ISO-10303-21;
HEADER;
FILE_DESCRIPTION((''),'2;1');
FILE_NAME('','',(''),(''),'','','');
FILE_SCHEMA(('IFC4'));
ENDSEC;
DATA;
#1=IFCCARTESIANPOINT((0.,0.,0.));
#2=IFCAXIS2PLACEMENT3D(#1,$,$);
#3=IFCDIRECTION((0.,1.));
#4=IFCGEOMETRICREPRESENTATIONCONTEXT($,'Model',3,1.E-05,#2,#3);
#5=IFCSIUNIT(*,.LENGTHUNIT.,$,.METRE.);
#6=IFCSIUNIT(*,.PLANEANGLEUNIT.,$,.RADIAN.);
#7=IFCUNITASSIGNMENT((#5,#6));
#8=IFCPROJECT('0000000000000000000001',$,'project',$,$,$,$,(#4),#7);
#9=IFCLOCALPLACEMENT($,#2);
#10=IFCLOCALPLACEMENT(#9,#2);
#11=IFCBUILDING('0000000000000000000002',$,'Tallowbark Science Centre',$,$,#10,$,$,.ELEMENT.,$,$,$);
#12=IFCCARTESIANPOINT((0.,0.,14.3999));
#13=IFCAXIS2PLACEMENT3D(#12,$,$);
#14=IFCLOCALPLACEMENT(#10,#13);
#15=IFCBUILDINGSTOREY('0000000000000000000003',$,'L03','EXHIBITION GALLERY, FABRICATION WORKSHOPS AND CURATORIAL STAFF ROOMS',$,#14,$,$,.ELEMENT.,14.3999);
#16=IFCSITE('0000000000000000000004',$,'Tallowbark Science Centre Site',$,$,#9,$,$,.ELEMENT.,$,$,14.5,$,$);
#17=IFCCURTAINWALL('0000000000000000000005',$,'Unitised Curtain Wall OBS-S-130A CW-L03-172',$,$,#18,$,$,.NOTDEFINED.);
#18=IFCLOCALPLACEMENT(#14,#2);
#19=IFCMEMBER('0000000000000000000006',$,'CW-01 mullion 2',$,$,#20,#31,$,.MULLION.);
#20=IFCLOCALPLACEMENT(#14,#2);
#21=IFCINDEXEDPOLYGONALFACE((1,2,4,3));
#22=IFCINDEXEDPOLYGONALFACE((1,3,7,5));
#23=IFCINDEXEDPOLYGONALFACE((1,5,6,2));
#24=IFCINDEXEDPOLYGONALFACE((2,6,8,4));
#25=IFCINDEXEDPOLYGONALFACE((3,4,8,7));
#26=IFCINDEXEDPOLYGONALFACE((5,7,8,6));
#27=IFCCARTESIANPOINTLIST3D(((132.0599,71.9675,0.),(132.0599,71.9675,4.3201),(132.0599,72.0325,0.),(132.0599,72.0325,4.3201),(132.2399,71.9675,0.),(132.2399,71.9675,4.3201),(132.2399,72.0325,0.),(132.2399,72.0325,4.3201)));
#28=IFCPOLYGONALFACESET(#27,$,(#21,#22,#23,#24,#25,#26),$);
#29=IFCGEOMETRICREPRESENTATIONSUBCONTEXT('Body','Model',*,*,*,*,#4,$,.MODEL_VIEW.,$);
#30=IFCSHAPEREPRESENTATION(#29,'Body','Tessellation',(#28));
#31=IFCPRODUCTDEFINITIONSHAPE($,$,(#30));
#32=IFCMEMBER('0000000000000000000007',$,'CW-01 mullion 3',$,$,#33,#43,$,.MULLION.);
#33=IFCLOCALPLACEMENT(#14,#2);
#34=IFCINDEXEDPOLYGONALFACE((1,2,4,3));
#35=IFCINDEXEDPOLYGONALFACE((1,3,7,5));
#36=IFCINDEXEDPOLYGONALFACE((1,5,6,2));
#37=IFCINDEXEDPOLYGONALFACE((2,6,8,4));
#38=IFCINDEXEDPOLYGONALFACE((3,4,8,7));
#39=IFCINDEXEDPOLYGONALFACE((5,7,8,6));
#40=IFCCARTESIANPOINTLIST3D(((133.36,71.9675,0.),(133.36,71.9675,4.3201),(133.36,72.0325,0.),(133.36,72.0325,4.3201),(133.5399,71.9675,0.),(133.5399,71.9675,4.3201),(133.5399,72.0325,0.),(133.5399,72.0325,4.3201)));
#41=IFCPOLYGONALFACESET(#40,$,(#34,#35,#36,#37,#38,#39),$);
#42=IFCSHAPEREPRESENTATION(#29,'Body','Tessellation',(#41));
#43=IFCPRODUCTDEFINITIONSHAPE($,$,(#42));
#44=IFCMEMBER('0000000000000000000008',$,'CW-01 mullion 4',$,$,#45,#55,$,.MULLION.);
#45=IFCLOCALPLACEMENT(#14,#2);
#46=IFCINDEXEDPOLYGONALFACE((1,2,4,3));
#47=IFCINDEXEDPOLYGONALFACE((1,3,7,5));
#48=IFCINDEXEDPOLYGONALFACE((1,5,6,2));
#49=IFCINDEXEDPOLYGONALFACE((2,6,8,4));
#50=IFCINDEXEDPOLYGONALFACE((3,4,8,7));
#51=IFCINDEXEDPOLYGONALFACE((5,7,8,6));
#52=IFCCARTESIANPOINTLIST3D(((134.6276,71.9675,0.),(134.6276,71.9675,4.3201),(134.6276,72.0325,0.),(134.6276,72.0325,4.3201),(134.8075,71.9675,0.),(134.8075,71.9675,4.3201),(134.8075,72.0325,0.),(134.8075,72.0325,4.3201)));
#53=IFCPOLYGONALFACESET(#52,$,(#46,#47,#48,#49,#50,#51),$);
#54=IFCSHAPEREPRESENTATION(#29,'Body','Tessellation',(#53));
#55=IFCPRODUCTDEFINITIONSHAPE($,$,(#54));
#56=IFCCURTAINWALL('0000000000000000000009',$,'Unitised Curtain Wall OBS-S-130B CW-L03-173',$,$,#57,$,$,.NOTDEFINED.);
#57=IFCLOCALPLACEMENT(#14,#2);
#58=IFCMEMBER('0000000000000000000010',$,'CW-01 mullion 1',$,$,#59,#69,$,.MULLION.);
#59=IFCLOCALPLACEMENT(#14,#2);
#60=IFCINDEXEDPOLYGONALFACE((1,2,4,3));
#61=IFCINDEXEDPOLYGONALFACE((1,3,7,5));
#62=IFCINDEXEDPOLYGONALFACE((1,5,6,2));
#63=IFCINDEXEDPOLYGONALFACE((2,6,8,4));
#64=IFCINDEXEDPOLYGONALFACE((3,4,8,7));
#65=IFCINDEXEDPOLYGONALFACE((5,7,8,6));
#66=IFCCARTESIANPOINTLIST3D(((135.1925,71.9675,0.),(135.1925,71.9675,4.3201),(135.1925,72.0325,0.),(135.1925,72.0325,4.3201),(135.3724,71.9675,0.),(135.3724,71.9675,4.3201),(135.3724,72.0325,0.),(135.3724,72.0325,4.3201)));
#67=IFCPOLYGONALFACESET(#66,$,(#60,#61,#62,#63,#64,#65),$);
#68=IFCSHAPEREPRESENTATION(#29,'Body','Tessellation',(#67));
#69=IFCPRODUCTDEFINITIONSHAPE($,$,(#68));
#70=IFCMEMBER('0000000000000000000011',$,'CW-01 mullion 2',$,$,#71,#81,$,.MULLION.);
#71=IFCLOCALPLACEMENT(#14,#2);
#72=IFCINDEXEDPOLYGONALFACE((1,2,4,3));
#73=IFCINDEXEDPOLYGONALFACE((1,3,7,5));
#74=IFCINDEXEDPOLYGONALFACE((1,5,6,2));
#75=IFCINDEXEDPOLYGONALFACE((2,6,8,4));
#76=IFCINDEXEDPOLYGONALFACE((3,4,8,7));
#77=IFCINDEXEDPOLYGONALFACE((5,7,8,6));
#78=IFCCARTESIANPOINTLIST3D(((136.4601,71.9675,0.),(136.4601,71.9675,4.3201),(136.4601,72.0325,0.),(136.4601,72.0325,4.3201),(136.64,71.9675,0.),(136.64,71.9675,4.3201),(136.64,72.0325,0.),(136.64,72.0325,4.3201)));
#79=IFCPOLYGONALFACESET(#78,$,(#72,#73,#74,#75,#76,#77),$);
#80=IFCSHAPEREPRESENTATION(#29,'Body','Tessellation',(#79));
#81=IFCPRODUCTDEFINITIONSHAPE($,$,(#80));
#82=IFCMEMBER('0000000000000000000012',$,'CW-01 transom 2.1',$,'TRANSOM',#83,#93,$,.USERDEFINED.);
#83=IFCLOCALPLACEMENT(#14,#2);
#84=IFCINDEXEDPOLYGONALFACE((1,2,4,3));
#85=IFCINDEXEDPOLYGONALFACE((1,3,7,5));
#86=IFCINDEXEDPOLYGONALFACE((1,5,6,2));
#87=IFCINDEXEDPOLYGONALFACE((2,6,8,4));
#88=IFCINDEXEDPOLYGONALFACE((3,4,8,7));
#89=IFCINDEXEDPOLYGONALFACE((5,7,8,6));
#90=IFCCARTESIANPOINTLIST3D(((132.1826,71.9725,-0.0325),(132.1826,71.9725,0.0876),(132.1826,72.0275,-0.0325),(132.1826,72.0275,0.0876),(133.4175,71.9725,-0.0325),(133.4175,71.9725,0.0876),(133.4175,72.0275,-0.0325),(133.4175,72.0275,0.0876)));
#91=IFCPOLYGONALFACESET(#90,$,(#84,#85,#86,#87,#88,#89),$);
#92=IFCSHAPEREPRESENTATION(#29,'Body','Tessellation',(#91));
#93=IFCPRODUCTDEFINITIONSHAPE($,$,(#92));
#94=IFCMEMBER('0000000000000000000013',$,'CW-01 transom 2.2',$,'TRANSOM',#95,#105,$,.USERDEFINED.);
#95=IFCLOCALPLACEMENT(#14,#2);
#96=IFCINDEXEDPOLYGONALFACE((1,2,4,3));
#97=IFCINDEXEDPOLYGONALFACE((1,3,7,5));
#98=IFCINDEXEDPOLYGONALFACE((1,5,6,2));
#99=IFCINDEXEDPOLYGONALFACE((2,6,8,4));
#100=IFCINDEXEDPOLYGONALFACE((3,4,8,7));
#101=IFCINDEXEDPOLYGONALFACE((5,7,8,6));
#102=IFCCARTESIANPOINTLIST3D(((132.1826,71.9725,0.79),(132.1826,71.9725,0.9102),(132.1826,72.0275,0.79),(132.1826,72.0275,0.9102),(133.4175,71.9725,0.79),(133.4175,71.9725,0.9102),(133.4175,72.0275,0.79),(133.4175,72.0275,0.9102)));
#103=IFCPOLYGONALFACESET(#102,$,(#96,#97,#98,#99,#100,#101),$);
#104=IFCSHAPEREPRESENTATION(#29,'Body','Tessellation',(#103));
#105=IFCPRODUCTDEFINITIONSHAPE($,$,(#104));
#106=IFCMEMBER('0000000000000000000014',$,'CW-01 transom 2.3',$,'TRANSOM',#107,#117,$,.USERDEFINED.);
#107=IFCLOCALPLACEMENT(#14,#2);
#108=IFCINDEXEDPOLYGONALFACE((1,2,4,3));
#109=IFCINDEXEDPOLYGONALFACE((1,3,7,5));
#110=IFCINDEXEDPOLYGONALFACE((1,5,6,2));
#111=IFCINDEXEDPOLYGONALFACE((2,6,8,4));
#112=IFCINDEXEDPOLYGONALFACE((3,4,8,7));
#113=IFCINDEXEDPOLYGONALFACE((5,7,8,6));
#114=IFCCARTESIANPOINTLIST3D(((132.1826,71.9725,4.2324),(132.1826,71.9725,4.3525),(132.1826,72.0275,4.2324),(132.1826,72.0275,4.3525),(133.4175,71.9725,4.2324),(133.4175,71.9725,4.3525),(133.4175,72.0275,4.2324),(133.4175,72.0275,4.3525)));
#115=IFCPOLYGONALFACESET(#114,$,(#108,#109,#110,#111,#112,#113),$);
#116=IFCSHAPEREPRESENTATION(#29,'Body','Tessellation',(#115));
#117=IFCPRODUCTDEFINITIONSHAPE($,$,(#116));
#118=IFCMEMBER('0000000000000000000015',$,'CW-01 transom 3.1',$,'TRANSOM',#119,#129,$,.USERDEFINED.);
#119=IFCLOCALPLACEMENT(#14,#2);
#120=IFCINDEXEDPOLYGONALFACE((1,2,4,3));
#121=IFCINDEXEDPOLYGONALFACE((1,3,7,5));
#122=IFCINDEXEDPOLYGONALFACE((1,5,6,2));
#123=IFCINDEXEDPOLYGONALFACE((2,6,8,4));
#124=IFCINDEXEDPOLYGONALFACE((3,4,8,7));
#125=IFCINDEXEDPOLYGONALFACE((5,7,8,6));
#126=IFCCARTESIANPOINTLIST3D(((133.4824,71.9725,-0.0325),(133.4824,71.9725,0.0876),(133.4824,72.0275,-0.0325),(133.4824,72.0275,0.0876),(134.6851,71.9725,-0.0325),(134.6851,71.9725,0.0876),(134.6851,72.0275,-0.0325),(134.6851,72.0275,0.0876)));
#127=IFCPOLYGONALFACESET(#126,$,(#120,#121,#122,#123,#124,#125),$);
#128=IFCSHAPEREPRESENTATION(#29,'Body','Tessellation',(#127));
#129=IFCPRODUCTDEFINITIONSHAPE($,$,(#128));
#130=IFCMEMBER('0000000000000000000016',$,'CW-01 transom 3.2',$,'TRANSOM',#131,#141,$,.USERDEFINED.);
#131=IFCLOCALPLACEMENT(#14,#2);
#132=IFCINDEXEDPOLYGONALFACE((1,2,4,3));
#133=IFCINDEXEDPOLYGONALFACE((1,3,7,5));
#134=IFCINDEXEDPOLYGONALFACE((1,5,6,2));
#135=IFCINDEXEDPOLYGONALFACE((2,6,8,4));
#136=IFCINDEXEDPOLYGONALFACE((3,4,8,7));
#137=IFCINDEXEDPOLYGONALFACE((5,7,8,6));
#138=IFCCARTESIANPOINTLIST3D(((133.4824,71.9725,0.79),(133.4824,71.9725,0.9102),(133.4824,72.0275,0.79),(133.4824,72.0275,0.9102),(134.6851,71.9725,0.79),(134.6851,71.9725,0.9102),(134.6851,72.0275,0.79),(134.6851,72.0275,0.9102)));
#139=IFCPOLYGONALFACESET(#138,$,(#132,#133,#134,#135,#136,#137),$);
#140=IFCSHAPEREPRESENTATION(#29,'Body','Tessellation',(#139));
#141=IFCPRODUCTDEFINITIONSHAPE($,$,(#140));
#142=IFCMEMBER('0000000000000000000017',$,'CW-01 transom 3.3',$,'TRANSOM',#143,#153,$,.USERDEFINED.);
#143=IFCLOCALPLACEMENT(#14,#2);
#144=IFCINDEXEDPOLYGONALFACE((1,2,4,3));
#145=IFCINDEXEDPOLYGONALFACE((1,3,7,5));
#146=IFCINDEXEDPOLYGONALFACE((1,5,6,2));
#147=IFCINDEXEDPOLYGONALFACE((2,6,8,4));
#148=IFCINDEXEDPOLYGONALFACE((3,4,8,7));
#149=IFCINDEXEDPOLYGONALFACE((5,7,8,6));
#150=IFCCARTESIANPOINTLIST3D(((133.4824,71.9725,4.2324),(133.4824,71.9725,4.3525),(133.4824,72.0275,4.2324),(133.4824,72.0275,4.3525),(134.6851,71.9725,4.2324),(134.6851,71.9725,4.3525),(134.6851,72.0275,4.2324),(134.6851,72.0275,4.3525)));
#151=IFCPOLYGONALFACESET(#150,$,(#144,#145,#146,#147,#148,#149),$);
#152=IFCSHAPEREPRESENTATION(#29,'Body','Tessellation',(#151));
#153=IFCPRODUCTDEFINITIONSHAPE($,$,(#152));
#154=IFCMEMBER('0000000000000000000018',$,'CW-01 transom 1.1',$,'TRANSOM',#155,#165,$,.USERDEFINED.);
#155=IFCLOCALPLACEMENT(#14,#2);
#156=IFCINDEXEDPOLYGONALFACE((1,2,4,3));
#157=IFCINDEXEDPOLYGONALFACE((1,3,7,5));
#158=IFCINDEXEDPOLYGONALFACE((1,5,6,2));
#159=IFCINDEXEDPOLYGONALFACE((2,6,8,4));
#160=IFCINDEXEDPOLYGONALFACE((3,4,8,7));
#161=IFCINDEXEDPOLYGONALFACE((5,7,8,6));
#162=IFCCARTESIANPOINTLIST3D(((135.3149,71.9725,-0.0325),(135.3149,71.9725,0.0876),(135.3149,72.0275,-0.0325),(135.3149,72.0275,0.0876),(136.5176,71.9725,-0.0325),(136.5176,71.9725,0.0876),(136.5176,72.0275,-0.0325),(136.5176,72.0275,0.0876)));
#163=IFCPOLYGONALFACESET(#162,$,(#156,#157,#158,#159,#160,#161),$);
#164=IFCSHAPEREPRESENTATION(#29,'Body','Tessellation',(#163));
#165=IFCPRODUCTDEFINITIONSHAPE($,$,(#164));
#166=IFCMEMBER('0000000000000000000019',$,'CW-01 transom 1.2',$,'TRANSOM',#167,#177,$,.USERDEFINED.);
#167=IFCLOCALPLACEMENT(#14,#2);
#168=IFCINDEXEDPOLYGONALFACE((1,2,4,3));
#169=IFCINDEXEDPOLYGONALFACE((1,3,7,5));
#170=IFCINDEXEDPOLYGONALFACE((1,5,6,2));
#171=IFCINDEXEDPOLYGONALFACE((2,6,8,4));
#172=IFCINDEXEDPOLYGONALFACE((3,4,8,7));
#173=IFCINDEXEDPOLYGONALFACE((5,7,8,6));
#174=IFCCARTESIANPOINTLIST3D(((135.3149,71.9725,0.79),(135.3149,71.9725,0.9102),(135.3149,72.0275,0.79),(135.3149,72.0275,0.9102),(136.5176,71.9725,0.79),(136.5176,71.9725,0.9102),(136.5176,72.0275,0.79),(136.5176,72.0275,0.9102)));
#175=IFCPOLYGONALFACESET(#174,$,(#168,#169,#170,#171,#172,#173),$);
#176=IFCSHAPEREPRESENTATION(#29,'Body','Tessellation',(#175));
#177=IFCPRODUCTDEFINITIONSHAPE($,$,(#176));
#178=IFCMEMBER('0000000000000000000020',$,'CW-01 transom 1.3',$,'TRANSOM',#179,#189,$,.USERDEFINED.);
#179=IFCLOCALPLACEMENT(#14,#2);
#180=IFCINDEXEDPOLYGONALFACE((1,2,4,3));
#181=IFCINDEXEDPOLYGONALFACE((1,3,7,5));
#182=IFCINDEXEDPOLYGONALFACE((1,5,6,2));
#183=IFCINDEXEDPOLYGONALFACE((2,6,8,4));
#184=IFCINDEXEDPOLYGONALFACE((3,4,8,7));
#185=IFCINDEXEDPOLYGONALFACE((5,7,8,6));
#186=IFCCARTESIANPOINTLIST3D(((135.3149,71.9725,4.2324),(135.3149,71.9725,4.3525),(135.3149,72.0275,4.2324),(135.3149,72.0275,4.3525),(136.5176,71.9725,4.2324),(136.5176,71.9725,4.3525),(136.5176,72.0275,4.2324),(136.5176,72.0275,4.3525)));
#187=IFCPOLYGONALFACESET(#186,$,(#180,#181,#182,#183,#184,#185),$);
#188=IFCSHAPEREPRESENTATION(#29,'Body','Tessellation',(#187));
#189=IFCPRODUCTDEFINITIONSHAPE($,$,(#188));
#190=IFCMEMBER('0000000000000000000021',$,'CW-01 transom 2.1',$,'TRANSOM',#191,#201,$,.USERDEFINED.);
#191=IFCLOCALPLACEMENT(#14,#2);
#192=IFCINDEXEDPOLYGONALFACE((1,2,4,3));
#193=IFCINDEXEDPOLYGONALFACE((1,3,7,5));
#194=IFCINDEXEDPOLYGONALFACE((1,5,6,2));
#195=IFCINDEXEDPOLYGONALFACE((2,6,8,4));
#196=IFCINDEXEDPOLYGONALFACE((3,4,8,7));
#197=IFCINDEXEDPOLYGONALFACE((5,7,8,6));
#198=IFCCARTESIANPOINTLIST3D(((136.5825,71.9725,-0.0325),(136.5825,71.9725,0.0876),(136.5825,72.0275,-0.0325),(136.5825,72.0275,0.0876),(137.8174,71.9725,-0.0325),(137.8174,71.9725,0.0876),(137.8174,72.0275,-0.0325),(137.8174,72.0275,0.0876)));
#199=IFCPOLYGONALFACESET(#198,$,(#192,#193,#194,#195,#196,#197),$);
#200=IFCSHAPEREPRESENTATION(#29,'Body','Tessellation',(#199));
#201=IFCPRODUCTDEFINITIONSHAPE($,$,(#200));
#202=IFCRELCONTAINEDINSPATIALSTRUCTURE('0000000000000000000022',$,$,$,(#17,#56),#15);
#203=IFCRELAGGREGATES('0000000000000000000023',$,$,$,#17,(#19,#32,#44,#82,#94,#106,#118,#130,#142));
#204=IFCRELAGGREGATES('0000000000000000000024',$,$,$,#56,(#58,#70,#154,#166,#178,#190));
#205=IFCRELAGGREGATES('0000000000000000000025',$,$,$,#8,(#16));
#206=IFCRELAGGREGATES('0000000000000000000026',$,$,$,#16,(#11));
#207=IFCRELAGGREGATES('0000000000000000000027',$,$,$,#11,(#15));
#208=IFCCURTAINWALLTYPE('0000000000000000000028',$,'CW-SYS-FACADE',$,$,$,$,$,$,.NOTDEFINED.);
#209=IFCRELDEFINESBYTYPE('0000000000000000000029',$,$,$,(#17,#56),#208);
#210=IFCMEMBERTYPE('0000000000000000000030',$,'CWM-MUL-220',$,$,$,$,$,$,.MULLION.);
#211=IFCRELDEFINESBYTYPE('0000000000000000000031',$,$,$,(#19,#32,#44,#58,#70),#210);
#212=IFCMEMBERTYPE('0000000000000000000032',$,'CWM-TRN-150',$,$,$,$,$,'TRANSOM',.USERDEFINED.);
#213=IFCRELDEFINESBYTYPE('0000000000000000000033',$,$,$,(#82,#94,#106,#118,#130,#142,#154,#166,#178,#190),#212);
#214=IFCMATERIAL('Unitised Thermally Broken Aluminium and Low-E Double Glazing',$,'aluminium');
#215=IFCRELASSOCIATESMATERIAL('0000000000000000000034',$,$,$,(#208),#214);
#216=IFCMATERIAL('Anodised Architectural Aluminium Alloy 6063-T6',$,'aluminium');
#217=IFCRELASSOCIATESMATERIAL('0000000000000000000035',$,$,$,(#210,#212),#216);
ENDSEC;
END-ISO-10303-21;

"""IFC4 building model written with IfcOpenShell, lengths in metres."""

from ifc_helpers import new_model, si_unit, direction, frame, origin, origin_2d, place, context, subcontext, project, spatial, rectangle, extrude, material, material_profile, profile_set, type_object, element, aggregate, save


model = new_model("IFC4")

# Units and contexts
model_context = context("Model", 3, precision=1e-05, world=origin(), true_north=direction((0.0, 1.0)))
body_context = subcontext(model_context, "Body", "Model", "MODEL_VIEW")
ifc_project = project(units=[si_unit("LENGTHUNIT", "METRE"), si_unit("PLANEANGLEUNIT", "RADIAN")], contexts=[model_context])

# Site, building, storey
site_placement = place(None, origin())
site = spatial("IfcSite", under=ifc_project, at=site_placement, Name="Tallowbark Science Centre Site", CompositionType="ELEMENT", RefElevation=14.5)
building_placement = place(site_placement, origin())
building = spatial("IfcBuilding", under=site, at=building_placement, Name="Tallowbark Science Centre", CompositionType="ELEMENT")
storey_placement = place(building_placement, frame((0.0, 0.0, 14.3999)))
storey = spatial("IfcBuildingStorey", under=building, at=storey_placement, Name="L03", Description="EXHIBITION GALLERY, FABRICATION WORKSHOPS AND CURATORIAL STAFF ROOMS", CompositionType="ELEMENT", Elevation=14.3999)

# Curtain walls, members
ifc_material_1 = material(Name="Unitised Thermally Broken Aluminium and Low-E Double Glazing", Category="aluminium")
curtain_wall_type = type_object("IfcCurtainWallType", Name="CW-SYS-FACADE", PredefinedType="NOTDEFINED", material=ifc_material_1)
curtain_wall_1_placement = place(storey_placement, origin())
curtain_wall_1 = element("IfcCurtainWall", 1, at=curtain_wall_1_placement, inside=storey, type_object=curtain_wall_type, Name="Unitised Curtain Wall OBS-S-130A CW-L03-172", PredefinedType="NOTDEFINED")
ifc_material_2 = material(Name="Anodised Architectural Aluminium Alloy 6063-T6", Category="aluminium")
ifc_material_profile_1 = material_profile(ifc_material_2, rectangle(XDim=0.0649, YDim=0.1799, at=origin_2d()), Name="ALU65x180")
ifc_profile_set_1 = profile_set([ifc_material_profile_1], Name="Anodised Architectural Aluminium Alloy 6063-T6")
member_type_1 = type_object("IfcMemberType", Name="CWM-MUL-220", PredefinedType="MULLION", material=ifc_profile_set_1)
member_1_placement = place(storey_placement, frame((132.1499, 72.0, 0.0), z_axis=(0.0, 0.0, 1.0), x_axis=(0.0, 1.0, 0.0)))
member_1 = element("IfcMember", 2, at=member_1_placement, type_object=member_type_1, Name="CW-01 mullion 2", PredefinedType="MULLION", context=body_context, shape_type="SweptSolid", body=[
    extrude(rectangle(XDim=0.0649, YDim=0.1799, at=origin_2d()), origin(), (0.0, 0.0, 1.0), 4.3201),
])
member_2_placement = place(storey_placement, frame((133.45, 72.0, 0.0), z_axis=(0.0, 0.0, 1.0), x_axis=(0.0, 1.0, 0.0)))
member_2 = element("IfcMember", 3, at=member_2_placement, type_object=member_type_1, Name="CW-01 mullion 3", PredefinedType="MULLION", context=body_context, shape_type="SweptSolid", body=[
    extrude(rectangle(XDim=0.0649, YDim=0.1799, at=origin_2d()), origin(), (0.0, 0.0, 1.0), 4.3201),
])
member_3_placement = place(storey_placement, frame((134.7175, 72.0, 0.0), z_axis=(0.0, 0.0, 1.0), x_axis=(0.0, 1.0, 0.0)))
member_3 = element("IfcMember", 4, at=member_3_placement, type_object=member_type_1, Name="CW-01 mullion 4", PredefinedType="MULLION", context=body_context, shape_type="SweptSolid", body=[
    extrude(rectangle(XDim=0.0649, YDim=0.1799, at=origin_2d()), origin(), (0.0, 0.0, 1.0), 4.3201),
])
curtain_wall_2_placement = place(storey_placement, origin())
curtain_wall_2 = element("IfcCurtainWall", 5, at=curtain_wall_2_placement, inside=storey, type_object=curtain_wall_type, Name="Unitised Curtain Wall OBS-S-130B CW-L03-173", PredefinedType="NOTDEFINED")
member_4_placement = place(storey_placement, frame((135.2825, 72.0, 0.0), z_axis=(0.0, 0.0, 1.0), x_axis=(0.0, 1.0, 0.0)))
member_4 = element("IfcMember", 6, at=member_4_placement, type_object=member_type_1, Name="CW-01 mullion 1", PredefinedType="MULLION", context=body_context, shape_type="SweptSolid", body=[
    extrude(rectangle(XDim=0.0649, YDim=0.1799, at=origin_2d()), origin(), (0.0, 0.0, 1.0), 4.3201),
])
member_5_placement = place(storey_placement, frame((136.55, 72.0, 0.0), z_axis=(0.0, 0.0, 1.0), x_axis=(0.0, 1.0, 0.0)))
member_5 = element("IfcMember", 7, at=member_5_placement, type_object=member_type_1, Name="CW-01 mullion 2", PredefinedType="MULLION", context=body_context, shape_type="SweptSolid", body=[
    extrude(rectangle(XDim=0.0649, YDim=0.1799, at=origin_2d()), origin(), (0.0, 0.0, 1.0), 4.3201),
])

# Members
ifc_material_profile_2 = material_profile(ifc_material_2, rectangle(XDim=0.0549, YDim=0.1201, at=origin_2d()), Name="ALU55x120")
ifc_profile_set_2 = profile_set([ifc_material_profile_2], Name="Anodised Architectural Aluminium Alloy 6063-T6")
member_type_2 = type_object("IfcMemberType", Name="CWM-TRN-150", ElementType="TRANSOM", PredefinedType="USERDEFINED", material=ifc_profile_set_2)
member_6_placement = place(storey_placement, frame((132.1826, 72.0, 0.0276), z_axis=(1.0, 0.0, 0.0), x_axis=(0.0, 1.0, 0.0)))
member_6 = element("IfcMember", 8, at=member_6_placement, type_object=member_type_2, Name="CW-01 transom 2.1", ObjectType="TRANSOM", PredefinedType="USERDEFINED", context=body_context, shape_type="SweptSolid", body=[
    extrude(rectangle(XDim=0.0549, YDim=0.1201, at=origin_2d()), origin(), (0.0, 0.0, 1.0), 1.2349),
])
member_7_placement = place(storey_placement, frame((132.1826, 72.0, 0.8501), z_axis=(1.0, 0.0, 0.0), x_axis=(0.0, 1.0, 0.0)))
member_7 = element("IfcMember", 9, at=member_7_placement, type_object=member_type_2, Name="CW-01 transom 2.2", ObjectType="TRANSOM", PredefinedType="USERDEFINED", context=body_context, shape_type="SweptSolid", body=[
    extrude(rectangle(XDim=0.0549, YDim=0.1201, at=origin_2d()), origin(), (0.0, 0.0, 1.0), 1.2349),
])
member_8_placement = place(storey_placement, frame((132.1826, 72.0, 4.2925), z_axis=(1.0, 0.0, 0.0), x_axis=(0.0, 1.0, 0.0)))
member_8 = element("IfcMember", 10, at=member_8_placement, type_object=member_type_2, Name="CW-01 transom 2.3", ObjectType="TRANSOM", PredefinedType="USERDEFINED", context=body_context, shape_type="SweptSolid", body=[
    extrude(rectangle(XDim=0.0549, YDim=0.1201, at=origin_2d()), origin(), (0.0, 0.0, 1.0), 1.2349),
])
member_9_placement = place(storey_placement, frame((133.4824, 72.0, 0.0276), z_axis=(1.0, 0.0, 0.0), x_axis=(0.0, 1.0, 0.0)))
member_9 = element("IfcMember", 11, at=member_9_placement, type_object=member_type_2, Name="CW-01 transom 3.1", ObjectType="TRANSOM", PredefinedType="USERDEFINED", context=body_context, shape_type="SweptSolid", body=[
    extrude(rectangle(XDim=0.0549, YDim=0.1201, at=origin_2d()), origin(), (0.0, 0.0, 1.0), 1.2026),
])
member_10_placement = place(storey_placement, frame((133.4824, 72.0, 0.8501), z_axis=(1.0, 0.0, 0.0), x_axis=(0.0, 1.0, 0.0)))
member_10 = element("IfcMember", 12, at=member_10_placement, type_object=member_type_2, Name="CW-01 transom 3.2", ObjectType="TRANSOM", PredefinedType="USERDEFINED", context=body_context, shape_type="SweptSolid", body=[
    extrude(rectangle(XDim=0.0549, YDim=0.1201, at=origin_2d()), origin(), (0.0, 0.0, 1.0), 1.2026),
])
member_11_placement = place(storey_placement, frame((133.4824, 72.0, 4.2925), z_axis=(1.0, 0.0, 0.0), x_axis=(0.0, 1.0, 0.0)))
member_11 = element("IfcMember", 13, at=member_11_placement, type_object=member_type_2, Name="CW-01 transom 3.3", ObjectType="TRANSOM", PredefinedType="USERDEFINED", context=body_context, shape_type="SweptSolid", body=[
    extrude(rectangle(XDim=0.0549, YDim=0.1201, at=origin_2d()), origin(), (0.0, 0.0, 1.0), 1.2026),
])
member_12_placement = place(storey_placement, frame((135.3149, 72.0, 0.0276), z_axis=(1.0, 0.0, 0.0), x_axis=(0.0, 1.0, 0.0)))
member_12 = element("IfcMember", 14, at=member_12_placement, type_object=member_type_2, Name="CW-01 transom 1.1", ObjectType="TRANSOM", PredefinedType="USERDEFINED", context=body_context, shape_type="SweptSolid", body=[
    extrude(rectangle(XDim=0.0549, YDim=0.1201, at=origin_2d()), origin(), (0.0, 0.0, 1.0), 1.2026),
])
member_13_placement = place(storey_placement, frame((135.3149, 72.0, 0.8501), z_axis=(1.0, 0.0, 0.0), x_axis=(0.0, 1.0, 0.0)))
member_13 = element("IfcMember", 15, at=member_13_placement, type_object=member_type_2, Name="CW-01 transom 1.2", ObjectType="TRANSOM", PredefinedType="USERDEFINED", context=body_context, shape_type="SweptSolid", body=[
    extrude(rectangle(XDim=0.0549, YDim=0.1201, at=origin_2d()), origin(), (0.0, 0.0, 1.0), 1.2026),
])
member_14_placement = place(storey_placement, frame((135.3149, 72.0, 4.2925), z_axis=(1.0, 0.0, 0.0), x_axis=(0.0, 1.0, 0.0)))
member_14 = element("IfcMember", 16, at=member_14_placement, type_object=member_type_2, Name="CW-01 transom 1.3", ObjectType="TRANSOM", PredefinedType="USERDEFINED", context=body_context, shape_type="SweptSolid", body=[
    extrude(rectangle(XDim=0.0549, YDim=0.1201, at=origin_2d()), origin(), (0.0, 0.0, 1.0), 1.2026),
])
member_15_placement = place(storey_placement, frame((136.5825, 72.0, 0.0276), z_axis=(1.0, 0.0, 0.0), x_axis=(0.0, 1.0, 0.0)))
member_15 = element("IfcMember", 17, at=member_15_placement, type_object=member_type_2, Name="CW-01 transom 2.1", ObjectType="TRANSOM", PredefinedType="USERDEFINED", context=body_context, shape_type="SweptSolid", body=[
    extrude(rectangle(XDim=0.0549, YDim=0.1201, at=origin_2d()), origin(), (0.0, 0.0, 1.0), 1.2349),
])

aggregate(curtain_wall_1, [member_1, member_2, member_3, member_6, member_7, member_8, member_9, member_10, member_11])
aggregate(curtain_wall_2, [member_4, member_5, member_12, member_13, member_14, member_15])

save(model, "model.ifc")
